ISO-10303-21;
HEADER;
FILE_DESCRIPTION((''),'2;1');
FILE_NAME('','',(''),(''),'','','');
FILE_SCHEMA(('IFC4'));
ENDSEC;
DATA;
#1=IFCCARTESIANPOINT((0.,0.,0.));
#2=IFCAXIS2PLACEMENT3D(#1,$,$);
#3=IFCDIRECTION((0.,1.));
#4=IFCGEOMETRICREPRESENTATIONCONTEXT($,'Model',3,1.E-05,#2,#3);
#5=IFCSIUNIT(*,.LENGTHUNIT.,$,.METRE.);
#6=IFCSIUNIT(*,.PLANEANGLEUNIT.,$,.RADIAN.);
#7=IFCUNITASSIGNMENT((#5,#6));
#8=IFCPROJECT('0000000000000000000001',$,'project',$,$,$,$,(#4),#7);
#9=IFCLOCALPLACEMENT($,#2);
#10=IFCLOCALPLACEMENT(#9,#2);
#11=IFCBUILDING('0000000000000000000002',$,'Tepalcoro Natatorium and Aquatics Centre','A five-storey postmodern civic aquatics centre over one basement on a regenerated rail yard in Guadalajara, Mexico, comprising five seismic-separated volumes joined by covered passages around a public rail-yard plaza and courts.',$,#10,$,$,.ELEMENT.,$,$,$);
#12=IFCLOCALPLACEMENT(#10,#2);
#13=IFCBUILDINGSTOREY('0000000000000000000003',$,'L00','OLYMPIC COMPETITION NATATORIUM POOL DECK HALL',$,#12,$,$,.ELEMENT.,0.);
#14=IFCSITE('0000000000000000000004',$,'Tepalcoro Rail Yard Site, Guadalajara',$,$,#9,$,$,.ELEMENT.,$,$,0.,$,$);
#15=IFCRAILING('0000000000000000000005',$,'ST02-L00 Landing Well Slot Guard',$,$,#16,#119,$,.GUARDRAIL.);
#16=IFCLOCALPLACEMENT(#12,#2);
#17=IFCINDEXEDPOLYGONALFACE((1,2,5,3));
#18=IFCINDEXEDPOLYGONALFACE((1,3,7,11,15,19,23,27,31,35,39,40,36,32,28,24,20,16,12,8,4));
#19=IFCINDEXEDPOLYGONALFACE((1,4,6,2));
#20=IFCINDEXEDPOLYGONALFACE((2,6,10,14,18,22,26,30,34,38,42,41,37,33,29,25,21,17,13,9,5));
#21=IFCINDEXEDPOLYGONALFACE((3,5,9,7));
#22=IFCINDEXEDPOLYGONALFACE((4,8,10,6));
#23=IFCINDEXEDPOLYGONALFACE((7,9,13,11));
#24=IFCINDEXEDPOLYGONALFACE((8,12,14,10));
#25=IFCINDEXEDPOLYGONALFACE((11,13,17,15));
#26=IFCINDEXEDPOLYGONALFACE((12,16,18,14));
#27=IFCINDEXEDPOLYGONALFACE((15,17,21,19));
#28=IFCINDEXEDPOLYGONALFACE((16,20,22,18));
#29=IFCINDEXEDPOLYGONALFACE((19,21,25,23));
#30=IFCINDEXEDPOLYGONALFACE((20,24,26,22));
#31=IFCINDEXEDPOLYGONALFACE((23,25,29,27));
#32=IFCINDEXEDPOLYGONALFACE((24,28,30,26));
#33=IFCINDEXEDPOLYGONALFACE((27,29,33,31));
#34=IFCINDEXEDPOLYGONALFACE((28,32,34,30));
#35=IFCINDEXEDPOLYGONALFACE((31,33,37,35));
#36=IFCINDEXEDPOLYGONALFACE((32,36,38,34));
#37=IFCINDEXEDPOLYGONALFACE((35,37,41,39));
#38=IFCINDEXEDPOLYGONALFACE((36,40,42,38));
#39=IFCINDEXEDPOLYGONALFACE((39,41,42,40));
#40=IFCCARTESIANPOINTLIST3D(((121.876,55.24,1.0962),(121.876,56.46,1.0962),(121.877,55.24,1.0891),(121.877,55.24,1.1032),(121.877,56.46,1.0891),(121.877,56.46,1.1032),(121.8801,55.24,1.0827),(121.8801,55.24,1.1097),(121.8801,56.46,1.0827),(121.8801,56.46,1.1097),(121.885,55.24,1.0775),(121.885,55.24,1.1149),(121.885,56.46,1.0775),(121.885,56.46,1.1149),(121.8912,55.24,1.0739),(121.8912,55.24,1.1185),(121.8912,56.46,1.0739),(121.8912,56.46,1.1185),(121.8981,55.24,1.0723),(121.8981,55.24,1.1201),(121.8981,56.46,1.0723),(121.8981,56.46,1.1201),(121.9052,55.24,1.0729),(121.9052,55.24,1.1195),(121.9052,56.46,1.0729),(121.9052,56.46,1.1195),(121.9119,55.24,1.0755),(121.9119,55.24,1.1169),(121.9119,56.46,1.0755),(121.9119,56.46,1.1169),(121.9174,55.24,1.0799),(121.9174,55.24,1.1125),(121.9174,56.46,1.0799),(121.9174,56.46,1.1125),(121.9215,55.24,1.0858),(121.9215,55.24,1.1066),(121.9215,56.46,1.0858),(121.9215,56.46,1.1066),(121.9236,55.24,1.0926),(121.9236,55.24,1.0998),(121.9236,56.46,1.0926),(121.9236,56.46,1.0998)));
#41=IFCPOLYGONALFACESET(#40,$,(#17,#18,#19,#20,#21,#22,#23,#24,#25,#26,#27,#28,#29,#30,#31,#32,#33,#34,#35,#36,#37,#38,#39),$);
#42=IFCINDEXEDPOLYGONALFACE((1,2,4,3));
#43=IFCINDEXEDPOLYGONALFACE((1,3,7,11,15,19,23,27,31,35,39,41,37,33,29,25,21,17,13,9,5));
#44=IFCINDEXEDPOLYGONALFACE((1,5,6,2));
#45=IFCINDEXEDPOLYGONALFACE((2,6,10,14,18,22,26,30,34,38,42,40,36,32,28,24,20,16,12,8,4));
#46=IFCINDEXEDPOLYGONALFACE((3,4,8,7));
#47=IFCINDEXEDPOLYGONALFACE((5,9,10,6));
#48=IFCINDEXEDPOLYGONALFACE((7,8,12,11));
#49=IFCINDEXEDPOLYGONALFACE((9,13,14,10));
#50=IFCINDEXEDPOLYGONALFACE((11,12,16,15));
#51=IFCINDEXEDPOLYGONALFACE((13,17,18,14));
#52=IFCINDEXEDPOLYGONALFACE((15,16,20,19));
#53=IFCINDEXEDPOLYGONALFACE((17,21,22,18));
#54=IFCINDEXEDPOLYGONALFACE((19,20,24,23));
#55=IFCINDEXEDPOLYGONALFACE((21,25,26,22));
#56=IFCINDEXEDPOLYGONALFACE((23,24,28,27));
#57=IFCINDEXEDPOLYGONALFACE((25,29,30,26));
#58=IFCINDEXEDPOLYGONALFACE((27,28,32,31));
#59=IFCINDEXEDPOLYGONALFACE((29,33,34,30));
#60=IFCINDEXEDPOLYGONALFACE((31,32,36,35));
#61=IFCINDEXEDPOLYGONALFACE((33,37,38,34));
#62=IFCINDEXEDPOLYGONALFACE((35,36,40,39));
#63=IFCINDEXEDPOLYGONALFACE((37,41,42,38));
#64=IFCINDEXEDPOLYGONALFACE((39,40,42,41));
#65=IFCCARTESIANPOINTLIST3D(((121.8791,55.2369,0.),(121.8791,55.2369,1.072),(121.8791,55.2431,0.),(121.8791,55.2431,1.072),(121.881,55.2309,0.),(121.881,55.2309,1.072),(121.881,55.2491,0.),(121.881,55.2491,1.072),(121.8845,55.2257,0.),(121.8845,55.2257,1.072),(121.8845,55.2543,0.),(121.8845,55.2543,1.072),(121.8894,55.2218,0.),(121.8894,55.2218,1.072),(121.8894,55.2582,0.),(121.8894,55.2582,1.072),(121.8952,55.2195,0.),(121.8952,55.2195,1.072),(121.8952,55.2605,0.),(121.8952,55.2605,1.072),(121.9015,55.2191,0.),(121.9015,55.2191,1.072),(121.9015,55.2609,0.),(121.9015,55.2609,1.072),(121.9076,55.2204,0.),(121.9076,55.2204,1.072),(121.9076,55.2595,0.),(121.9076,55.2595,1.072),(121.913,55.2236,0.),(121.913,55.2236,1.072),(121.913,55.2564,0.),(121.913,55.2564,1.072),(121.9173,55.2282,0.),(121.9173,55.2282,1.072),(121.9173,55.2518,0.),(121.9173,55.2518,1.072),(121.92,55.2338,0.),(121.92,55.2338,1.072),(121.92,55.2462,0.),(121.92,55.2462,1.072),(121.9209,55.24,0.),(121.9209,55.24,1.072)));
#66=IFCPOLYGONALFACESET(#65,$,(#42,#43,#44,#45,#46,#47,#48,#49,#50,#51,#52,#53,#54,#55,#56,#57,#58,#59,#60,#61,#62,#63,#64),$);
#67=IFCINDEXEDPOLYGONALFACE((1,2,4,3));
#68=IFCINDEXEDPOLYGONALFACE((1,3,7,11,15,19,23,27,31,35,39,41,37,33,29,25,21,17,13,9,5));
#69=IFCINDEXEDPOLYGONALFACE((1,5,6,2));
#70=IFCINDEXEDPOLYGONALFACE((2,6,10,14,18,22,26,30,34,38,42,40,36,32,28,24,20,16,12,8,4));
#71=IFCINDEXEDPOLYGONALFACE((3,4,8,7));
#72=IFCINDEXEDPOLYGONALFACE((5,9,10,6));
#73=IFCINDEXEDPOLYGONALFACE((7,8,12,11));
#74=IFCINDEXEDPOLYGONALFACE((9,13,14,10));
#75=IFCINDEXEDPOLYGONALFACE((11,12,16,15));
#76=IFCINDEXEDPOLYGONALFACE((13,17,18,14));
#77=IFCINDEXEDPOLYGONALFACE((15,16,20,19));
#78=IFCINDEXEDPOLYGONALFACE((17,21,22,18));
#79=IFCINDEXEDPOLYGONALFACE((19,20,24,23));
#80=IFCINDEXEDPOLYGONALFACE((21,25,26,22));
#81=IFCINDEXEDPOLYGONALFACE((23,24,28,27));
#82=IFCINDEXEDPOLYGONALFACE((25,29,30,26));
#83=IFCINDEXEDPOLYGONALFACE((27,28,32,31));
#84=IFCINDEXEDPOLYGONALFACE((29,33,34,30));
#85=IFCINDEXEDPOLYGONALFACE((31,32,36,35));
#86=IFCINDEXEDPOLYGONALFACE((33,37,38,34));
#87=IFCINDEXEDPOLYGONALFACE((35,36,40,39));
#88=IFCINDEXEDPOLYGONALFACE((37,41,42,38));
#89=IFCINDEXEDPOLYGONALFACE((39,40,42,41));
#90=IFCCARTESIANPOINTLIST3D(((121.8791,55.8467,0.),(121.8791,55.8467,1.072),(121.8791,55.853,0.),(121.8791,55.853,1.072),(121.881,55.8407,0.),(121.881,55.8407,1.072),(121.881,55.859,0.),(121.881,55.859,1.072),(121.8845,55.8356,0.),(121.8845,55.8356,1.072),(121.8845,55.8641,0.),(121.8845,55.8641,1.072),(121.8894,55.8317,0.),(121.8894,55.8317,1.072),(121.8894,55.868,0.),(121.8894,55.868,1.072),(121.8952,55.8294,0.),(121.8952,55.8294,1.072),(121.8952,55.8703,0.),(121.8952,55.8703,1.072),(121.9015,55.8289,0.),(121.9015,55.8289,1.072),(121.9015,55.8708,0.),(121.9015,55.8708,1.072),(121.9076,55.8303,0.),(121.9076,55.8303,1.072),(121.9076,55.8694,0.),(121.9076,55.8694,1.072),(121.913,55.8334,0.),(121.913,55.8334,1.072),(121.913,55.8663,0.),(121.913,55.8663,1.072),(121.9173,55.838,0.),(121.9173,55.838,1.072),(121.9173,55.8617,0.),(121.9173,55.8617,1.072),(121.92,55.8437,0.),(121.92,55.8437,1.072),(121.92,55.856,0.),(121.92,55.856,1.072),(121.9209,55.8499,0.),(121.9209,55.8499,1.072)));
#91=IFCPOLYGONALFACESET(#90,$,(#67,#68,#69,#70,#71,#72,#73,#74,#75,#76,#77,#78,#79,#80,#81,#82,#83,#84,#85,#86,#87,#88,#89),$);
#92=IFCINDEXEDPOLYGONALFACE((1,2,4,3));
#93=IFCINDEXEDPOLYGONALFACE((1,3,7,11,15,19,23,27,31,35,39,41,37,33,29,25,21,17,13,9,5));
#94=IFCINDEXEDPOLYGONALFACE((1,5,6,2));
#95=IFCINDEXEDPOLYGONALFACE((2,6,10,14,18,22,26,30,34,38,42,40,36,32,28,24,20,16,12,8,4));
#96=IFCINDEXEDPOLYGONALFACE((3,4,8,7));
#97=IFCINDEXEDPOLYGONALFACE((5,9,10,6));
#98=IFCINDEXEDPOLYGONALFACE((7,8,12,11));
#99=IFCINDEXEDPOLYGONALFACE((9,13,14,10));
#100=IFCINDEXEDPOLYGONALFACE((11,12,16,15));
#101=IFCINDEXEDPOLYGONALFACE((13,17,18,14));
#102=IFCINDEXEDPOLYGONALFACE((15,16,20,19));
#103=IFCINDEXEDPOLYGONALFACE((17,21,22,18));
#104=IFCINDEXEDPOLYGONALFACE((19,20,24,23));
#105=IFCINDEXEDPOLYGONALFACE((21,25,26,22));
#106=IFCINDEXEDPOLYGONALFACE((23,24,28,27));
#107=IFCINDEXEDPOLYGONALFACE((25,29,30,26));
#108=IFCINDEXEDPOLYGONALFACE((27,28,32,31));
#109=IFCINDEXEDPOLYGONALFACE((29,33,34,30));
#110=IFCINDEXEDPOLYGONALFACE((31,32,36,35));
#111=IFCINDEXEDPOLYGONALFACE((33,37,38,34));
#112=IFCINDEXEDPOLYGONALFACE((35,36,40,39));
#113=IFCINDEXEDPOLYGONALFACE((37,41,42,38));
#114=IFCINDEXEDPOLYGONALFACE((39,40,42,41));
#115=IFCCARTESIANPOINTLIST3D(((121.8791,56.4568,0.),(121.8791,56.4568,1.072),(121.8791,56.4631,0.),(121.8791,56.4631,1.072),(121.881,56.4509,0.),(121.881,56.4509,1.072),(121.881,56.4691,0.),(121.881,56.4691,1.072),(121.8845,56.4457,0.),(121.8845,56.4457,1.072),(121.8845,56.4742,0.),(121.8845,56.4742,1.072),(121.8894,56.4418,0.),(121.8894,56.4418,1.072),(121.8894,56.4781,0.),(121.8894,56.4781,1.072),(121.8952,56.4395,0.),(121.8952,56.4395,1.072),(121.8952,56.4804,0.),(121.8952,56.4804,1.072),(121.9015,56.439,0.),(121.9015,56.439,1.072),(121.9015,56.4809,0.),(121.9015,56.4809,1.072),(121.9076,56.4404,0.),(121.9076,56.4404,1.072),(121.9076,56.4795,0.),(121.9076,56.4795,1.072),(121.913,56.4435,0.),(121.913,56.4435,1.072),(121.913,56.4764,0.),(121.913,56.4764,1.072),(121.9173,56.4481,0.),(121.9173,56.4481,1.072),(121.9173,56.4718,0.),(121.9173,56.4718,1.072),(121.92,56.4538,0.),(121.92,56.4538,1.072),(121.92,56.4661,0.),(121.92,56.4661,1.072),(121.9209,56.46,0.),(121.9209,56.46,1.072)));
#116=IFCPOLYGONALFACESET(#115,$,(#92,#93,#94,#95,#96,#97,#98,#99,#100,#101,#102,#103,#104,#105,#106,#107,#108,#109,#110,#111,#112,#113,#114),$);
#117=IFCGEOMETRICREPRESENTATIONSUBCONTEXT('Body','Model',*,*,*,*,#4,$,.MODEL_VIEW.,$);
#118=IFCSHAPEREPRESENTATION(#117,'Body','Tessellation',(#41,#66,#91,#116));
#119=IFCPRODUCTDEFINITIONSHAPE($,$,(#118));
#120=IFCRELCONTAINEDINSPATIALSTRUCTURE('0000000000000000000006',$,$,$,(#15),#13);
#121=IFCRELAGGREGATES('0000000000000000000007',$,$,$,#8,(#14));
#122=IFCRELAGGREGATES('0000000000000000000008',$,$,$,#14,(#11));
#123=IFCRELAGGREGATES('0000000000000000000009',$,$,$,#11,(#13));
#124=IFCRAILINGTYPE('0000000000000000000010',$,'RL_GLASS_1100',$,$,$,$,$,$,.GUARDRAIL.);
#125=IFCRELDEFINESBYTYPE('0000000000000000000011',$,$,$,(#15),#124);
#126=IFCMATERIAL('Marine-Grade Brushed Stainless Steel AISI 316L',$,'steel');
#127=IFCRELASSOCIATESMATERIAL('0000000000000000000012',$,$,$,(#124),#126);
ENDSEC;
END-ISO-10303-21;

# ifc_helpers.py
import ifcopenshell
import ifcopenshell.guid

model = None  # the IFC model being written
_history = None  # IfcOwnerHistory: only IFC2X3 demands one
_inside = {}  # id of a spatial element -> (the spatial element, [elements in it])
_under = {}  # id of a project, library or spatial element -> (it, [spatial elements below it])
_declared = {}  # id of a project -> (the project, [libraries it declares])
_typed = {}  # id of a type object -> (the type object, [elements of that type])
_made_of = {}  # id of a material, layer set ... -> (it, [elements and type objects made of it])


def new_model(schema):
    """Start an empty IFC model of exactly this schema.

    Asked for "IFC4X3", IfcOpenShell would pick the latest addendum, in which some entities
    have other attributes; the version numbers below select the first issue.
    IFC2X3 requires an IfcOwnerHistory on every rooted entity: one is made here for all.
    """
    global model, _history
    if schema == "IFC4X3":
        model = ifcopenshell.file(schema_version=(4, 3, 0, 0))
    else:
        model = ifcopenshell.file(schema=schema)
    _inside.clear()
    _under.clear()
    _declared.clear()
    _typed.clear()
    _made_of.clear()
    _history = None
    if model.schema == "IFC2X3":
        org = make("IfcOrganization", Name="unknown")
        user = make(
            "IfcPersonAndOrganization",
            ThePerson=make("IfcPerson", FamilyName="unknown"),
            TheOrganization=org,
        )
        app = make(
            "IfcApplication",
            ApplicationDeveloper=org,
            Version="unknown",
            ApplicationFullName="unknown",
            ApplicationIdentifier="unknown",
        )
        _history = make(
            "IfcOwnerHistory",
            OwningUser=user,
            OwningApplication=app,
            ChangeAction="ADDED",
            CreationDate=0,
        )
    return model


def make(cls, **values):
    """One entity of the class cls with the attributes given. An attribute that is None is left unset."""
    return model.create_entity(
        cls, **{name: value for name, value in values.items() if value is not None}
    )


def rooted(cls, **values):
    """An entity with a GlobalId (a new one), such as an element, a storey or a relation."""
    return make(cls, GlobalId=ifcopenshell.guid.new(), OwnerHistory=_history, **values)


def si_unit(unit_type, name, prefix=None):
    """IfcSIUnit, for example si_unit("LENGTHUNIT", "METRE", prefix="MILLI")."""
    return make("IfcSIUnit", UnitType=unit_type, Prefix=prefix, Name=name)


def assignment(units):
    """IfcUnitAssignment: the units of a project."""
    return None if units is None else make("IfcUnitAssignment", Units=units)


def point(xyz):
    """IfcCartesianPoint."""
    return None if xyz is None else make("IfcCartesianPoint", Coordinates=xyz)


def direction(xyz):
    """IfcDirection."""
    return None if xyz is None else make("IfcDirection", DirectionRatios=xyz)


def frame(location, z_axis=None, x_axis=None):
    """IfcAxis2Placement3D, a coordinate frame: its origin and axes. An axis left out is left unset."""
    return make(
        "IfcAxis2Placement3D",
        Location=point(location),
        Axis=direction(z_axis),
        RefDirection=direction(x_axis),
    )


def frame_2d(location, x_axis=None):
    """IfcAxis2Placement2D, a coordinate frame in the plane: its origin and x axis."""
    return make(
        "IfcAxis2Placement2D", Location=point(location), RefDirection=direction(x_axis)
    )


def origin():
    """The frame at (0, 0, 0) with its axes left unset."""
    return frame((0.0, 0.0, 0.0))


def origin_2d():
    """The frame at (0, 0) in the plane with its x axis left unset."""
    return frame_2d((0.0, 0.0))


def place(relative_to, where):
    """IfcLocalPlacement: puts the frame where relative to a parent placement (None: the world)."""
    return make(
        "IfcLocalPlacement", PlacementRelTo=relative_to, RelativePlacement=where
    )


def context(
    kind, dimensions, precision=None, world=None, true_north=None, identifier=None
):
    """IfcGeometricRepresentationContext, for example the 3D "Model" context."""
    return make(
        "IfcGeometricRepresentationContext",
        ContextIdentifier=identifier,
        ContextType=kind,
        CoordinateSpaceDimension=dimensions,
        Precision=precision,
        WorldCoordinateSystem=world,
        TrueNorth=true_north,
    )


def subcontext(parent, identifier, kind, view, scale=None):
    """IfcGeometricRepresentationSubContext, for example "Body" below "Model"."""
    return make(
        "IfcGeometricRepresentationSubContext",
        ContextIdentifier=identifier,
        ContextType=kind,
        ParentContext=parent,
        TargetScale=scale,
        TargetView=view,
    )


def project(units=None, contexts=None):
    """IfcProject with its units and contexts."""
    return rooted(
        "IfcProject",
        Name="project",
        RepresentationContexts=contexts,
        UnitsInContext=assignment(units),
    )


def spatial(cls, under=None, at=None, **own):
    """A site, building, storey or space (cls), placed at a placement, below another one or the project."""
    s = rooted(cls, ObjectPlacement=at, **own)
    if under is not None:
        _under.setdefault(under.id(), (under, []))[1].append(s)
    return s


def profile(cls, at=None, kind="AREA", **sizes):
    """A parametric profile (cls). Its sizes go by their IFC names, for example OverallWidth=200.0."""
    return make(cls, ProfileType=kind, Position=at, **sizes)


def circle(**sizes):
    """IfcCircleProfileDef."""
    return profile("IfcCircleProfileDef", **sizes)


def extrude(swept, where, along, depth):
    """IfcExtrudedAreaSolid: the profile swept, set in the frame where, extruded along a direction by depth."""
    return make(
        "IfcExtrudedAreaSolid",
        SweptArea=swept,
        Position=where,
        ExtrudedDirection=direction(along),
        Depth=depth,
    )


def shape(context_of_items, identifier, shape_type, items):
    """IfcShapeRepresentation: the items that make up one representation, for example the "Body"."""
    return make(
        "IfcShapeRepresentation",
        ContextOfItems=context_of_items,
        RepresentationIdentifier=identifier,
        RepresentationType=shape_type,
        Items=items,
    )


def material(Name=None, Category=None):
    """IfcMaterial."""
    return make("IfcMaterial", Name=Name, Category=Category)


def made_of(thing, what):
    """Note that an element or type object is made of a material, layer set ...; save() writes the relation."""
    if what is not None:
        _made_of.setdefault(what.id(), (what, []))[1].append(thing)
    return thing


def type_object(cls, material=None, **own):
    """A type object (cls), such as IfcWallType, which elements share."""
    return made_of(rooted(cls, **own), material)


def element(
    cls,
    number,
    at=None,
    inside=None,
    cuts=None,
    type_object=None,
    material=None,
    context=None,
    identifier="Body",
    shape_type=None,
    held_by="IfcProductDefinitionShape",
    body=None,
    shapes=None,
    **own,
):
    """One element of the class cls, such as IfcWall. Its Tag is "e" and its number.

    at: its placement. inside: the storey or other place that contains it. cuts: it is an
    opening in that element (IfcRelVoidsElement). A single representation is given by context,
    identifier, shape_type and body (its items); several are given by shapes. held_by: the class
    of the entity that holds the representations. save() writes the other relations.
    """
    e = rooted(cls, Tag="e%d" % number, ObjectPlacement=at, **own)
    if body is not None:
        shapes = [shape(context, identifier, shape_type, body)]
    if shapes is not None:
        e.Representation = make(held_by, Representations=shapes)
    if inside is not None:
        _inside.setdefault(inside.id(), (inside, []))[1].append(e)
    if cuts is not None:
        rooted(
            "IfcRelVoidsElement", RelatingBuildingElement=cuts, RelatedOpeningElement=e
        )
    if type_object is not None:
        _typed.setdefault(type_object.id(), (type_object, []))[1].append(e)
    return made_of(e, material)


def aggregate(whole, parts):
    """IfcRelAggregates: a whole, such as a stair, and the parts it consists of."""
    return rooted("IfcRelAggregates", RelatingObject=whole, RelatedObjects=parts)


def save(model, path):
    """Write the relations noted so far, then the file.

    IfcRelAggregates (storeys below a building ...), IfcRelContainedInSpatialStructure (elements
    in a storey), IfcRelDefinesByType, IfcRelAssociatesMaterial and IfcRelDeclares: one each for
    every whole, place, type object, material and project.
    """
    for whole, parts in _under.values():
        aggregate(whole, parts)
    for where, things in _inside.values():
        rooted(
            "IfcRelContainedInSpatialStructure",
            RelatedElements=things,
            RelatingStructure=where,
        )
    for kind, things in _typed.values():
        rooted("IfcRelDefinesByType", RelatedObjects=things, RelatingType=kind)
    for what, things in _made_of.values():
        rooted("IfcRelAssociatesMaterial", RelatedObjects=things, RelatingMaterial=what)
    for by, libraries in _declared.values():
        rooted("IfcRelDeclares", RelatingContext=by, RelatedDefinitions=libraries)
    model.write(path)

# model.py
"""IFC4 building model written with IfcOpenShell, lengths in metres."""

from ifc_helpers import new_model, si_unit, direction, frame, origin, origin_2d, place, context, subcontext, project, spatial, circle, extrude, material, type_object, element, save


model = new_model("IFC4")

# Units and contexts
model_context = context("Model", 3, precision=1e-05, world=origin(), true_north=direction((0.0, 1.0)))
body_context = subcontext(model_context, "Body", "Model", "MODEL_VIEW")
ifc_project = project(units=[si_unit("LENGTHUNIT", "METRE"), si_unit("PLANEANGLEUNIT", "RADIAN")], contexts=[model_context])

# Site, building, storey
site_placement = place(None, origin())
site = spatial("IfcSite", under=ifc_project, at=site_placement, Name="Tepalcoro Rail Yard Site, Guadalajara", CompositionType="ELEMENT", RefElevation=0.0)
building_placement = place(site_placement, origin())
building = spatial("IfcBuilding", under=site, at=building_placement, Name="Tepalcoro Natatorium and Aquatics Centre", Description="A five-storey postmodern civic aquatics centre over one basement on a regenerated rail yard in Guadalajara, Mexico, comprising five seismic-separated volumes joined by covered passages around a public rail-yard plaza and courts.", CompositionType="ELEMENT")
storey_placement = place(building_placement, origin())
storey = spatial("IfcBuildingStorey", under=building, at=storey_placement, Name="L00", Description="OLYMPIC COMPETITION NATATORIUM POOL DECK HALL", CompositionType="ELEMENT", Elevation=0.0)

# Railing
ifc_material_1 = material(Name="Marine-Grade Brushed Stainless Steel AISI 316L", Category="steel")
railing_type_1 = type_object("IfcRailingType", Name="RL_GLASS_1100", PredefinedType="GUARDRAIL", material=ifc_material_1)
railing_1_placement = place(storey_placement, frame((121.8999, 55.24, 0.0)))
element("IfcRailing", 1, at=railing_1_placement, inside=storey, type_object=railing_type_1, Name="ST02-L00 Landing Well Slot Guard", PredefinedType="GUARDRAIL", context=body_context, shape_type="SweptSolid", body=[
    extrude(circle(Radius=0.0239, at=origin_2d()), frame((0.0, 0.0, 1.0962), z_axis=(0.0, 1.0, 0.0), x_axis=(-1.0, 0.0, 0.0)), (0.0, 0.0, 1.0), 1.22),
    extrude(circle(Radius=0.021, at=origin_2d()), origin(), (0.0, 0.0, 1.0), 1.072),
    extrude(circle(Radius=0.021, at=origin_2d()), frame((0.0, 0.6099, 0.0)), (0.0, 0.0, 1.0), 1.072),
    extrude(circle(Radius=0.021, at=origin_2d()), frame((0.0, 1.22, 0.0)), (0.0, 0.0, 1.0), 1.072),
])

save(model, "model.ifc")
